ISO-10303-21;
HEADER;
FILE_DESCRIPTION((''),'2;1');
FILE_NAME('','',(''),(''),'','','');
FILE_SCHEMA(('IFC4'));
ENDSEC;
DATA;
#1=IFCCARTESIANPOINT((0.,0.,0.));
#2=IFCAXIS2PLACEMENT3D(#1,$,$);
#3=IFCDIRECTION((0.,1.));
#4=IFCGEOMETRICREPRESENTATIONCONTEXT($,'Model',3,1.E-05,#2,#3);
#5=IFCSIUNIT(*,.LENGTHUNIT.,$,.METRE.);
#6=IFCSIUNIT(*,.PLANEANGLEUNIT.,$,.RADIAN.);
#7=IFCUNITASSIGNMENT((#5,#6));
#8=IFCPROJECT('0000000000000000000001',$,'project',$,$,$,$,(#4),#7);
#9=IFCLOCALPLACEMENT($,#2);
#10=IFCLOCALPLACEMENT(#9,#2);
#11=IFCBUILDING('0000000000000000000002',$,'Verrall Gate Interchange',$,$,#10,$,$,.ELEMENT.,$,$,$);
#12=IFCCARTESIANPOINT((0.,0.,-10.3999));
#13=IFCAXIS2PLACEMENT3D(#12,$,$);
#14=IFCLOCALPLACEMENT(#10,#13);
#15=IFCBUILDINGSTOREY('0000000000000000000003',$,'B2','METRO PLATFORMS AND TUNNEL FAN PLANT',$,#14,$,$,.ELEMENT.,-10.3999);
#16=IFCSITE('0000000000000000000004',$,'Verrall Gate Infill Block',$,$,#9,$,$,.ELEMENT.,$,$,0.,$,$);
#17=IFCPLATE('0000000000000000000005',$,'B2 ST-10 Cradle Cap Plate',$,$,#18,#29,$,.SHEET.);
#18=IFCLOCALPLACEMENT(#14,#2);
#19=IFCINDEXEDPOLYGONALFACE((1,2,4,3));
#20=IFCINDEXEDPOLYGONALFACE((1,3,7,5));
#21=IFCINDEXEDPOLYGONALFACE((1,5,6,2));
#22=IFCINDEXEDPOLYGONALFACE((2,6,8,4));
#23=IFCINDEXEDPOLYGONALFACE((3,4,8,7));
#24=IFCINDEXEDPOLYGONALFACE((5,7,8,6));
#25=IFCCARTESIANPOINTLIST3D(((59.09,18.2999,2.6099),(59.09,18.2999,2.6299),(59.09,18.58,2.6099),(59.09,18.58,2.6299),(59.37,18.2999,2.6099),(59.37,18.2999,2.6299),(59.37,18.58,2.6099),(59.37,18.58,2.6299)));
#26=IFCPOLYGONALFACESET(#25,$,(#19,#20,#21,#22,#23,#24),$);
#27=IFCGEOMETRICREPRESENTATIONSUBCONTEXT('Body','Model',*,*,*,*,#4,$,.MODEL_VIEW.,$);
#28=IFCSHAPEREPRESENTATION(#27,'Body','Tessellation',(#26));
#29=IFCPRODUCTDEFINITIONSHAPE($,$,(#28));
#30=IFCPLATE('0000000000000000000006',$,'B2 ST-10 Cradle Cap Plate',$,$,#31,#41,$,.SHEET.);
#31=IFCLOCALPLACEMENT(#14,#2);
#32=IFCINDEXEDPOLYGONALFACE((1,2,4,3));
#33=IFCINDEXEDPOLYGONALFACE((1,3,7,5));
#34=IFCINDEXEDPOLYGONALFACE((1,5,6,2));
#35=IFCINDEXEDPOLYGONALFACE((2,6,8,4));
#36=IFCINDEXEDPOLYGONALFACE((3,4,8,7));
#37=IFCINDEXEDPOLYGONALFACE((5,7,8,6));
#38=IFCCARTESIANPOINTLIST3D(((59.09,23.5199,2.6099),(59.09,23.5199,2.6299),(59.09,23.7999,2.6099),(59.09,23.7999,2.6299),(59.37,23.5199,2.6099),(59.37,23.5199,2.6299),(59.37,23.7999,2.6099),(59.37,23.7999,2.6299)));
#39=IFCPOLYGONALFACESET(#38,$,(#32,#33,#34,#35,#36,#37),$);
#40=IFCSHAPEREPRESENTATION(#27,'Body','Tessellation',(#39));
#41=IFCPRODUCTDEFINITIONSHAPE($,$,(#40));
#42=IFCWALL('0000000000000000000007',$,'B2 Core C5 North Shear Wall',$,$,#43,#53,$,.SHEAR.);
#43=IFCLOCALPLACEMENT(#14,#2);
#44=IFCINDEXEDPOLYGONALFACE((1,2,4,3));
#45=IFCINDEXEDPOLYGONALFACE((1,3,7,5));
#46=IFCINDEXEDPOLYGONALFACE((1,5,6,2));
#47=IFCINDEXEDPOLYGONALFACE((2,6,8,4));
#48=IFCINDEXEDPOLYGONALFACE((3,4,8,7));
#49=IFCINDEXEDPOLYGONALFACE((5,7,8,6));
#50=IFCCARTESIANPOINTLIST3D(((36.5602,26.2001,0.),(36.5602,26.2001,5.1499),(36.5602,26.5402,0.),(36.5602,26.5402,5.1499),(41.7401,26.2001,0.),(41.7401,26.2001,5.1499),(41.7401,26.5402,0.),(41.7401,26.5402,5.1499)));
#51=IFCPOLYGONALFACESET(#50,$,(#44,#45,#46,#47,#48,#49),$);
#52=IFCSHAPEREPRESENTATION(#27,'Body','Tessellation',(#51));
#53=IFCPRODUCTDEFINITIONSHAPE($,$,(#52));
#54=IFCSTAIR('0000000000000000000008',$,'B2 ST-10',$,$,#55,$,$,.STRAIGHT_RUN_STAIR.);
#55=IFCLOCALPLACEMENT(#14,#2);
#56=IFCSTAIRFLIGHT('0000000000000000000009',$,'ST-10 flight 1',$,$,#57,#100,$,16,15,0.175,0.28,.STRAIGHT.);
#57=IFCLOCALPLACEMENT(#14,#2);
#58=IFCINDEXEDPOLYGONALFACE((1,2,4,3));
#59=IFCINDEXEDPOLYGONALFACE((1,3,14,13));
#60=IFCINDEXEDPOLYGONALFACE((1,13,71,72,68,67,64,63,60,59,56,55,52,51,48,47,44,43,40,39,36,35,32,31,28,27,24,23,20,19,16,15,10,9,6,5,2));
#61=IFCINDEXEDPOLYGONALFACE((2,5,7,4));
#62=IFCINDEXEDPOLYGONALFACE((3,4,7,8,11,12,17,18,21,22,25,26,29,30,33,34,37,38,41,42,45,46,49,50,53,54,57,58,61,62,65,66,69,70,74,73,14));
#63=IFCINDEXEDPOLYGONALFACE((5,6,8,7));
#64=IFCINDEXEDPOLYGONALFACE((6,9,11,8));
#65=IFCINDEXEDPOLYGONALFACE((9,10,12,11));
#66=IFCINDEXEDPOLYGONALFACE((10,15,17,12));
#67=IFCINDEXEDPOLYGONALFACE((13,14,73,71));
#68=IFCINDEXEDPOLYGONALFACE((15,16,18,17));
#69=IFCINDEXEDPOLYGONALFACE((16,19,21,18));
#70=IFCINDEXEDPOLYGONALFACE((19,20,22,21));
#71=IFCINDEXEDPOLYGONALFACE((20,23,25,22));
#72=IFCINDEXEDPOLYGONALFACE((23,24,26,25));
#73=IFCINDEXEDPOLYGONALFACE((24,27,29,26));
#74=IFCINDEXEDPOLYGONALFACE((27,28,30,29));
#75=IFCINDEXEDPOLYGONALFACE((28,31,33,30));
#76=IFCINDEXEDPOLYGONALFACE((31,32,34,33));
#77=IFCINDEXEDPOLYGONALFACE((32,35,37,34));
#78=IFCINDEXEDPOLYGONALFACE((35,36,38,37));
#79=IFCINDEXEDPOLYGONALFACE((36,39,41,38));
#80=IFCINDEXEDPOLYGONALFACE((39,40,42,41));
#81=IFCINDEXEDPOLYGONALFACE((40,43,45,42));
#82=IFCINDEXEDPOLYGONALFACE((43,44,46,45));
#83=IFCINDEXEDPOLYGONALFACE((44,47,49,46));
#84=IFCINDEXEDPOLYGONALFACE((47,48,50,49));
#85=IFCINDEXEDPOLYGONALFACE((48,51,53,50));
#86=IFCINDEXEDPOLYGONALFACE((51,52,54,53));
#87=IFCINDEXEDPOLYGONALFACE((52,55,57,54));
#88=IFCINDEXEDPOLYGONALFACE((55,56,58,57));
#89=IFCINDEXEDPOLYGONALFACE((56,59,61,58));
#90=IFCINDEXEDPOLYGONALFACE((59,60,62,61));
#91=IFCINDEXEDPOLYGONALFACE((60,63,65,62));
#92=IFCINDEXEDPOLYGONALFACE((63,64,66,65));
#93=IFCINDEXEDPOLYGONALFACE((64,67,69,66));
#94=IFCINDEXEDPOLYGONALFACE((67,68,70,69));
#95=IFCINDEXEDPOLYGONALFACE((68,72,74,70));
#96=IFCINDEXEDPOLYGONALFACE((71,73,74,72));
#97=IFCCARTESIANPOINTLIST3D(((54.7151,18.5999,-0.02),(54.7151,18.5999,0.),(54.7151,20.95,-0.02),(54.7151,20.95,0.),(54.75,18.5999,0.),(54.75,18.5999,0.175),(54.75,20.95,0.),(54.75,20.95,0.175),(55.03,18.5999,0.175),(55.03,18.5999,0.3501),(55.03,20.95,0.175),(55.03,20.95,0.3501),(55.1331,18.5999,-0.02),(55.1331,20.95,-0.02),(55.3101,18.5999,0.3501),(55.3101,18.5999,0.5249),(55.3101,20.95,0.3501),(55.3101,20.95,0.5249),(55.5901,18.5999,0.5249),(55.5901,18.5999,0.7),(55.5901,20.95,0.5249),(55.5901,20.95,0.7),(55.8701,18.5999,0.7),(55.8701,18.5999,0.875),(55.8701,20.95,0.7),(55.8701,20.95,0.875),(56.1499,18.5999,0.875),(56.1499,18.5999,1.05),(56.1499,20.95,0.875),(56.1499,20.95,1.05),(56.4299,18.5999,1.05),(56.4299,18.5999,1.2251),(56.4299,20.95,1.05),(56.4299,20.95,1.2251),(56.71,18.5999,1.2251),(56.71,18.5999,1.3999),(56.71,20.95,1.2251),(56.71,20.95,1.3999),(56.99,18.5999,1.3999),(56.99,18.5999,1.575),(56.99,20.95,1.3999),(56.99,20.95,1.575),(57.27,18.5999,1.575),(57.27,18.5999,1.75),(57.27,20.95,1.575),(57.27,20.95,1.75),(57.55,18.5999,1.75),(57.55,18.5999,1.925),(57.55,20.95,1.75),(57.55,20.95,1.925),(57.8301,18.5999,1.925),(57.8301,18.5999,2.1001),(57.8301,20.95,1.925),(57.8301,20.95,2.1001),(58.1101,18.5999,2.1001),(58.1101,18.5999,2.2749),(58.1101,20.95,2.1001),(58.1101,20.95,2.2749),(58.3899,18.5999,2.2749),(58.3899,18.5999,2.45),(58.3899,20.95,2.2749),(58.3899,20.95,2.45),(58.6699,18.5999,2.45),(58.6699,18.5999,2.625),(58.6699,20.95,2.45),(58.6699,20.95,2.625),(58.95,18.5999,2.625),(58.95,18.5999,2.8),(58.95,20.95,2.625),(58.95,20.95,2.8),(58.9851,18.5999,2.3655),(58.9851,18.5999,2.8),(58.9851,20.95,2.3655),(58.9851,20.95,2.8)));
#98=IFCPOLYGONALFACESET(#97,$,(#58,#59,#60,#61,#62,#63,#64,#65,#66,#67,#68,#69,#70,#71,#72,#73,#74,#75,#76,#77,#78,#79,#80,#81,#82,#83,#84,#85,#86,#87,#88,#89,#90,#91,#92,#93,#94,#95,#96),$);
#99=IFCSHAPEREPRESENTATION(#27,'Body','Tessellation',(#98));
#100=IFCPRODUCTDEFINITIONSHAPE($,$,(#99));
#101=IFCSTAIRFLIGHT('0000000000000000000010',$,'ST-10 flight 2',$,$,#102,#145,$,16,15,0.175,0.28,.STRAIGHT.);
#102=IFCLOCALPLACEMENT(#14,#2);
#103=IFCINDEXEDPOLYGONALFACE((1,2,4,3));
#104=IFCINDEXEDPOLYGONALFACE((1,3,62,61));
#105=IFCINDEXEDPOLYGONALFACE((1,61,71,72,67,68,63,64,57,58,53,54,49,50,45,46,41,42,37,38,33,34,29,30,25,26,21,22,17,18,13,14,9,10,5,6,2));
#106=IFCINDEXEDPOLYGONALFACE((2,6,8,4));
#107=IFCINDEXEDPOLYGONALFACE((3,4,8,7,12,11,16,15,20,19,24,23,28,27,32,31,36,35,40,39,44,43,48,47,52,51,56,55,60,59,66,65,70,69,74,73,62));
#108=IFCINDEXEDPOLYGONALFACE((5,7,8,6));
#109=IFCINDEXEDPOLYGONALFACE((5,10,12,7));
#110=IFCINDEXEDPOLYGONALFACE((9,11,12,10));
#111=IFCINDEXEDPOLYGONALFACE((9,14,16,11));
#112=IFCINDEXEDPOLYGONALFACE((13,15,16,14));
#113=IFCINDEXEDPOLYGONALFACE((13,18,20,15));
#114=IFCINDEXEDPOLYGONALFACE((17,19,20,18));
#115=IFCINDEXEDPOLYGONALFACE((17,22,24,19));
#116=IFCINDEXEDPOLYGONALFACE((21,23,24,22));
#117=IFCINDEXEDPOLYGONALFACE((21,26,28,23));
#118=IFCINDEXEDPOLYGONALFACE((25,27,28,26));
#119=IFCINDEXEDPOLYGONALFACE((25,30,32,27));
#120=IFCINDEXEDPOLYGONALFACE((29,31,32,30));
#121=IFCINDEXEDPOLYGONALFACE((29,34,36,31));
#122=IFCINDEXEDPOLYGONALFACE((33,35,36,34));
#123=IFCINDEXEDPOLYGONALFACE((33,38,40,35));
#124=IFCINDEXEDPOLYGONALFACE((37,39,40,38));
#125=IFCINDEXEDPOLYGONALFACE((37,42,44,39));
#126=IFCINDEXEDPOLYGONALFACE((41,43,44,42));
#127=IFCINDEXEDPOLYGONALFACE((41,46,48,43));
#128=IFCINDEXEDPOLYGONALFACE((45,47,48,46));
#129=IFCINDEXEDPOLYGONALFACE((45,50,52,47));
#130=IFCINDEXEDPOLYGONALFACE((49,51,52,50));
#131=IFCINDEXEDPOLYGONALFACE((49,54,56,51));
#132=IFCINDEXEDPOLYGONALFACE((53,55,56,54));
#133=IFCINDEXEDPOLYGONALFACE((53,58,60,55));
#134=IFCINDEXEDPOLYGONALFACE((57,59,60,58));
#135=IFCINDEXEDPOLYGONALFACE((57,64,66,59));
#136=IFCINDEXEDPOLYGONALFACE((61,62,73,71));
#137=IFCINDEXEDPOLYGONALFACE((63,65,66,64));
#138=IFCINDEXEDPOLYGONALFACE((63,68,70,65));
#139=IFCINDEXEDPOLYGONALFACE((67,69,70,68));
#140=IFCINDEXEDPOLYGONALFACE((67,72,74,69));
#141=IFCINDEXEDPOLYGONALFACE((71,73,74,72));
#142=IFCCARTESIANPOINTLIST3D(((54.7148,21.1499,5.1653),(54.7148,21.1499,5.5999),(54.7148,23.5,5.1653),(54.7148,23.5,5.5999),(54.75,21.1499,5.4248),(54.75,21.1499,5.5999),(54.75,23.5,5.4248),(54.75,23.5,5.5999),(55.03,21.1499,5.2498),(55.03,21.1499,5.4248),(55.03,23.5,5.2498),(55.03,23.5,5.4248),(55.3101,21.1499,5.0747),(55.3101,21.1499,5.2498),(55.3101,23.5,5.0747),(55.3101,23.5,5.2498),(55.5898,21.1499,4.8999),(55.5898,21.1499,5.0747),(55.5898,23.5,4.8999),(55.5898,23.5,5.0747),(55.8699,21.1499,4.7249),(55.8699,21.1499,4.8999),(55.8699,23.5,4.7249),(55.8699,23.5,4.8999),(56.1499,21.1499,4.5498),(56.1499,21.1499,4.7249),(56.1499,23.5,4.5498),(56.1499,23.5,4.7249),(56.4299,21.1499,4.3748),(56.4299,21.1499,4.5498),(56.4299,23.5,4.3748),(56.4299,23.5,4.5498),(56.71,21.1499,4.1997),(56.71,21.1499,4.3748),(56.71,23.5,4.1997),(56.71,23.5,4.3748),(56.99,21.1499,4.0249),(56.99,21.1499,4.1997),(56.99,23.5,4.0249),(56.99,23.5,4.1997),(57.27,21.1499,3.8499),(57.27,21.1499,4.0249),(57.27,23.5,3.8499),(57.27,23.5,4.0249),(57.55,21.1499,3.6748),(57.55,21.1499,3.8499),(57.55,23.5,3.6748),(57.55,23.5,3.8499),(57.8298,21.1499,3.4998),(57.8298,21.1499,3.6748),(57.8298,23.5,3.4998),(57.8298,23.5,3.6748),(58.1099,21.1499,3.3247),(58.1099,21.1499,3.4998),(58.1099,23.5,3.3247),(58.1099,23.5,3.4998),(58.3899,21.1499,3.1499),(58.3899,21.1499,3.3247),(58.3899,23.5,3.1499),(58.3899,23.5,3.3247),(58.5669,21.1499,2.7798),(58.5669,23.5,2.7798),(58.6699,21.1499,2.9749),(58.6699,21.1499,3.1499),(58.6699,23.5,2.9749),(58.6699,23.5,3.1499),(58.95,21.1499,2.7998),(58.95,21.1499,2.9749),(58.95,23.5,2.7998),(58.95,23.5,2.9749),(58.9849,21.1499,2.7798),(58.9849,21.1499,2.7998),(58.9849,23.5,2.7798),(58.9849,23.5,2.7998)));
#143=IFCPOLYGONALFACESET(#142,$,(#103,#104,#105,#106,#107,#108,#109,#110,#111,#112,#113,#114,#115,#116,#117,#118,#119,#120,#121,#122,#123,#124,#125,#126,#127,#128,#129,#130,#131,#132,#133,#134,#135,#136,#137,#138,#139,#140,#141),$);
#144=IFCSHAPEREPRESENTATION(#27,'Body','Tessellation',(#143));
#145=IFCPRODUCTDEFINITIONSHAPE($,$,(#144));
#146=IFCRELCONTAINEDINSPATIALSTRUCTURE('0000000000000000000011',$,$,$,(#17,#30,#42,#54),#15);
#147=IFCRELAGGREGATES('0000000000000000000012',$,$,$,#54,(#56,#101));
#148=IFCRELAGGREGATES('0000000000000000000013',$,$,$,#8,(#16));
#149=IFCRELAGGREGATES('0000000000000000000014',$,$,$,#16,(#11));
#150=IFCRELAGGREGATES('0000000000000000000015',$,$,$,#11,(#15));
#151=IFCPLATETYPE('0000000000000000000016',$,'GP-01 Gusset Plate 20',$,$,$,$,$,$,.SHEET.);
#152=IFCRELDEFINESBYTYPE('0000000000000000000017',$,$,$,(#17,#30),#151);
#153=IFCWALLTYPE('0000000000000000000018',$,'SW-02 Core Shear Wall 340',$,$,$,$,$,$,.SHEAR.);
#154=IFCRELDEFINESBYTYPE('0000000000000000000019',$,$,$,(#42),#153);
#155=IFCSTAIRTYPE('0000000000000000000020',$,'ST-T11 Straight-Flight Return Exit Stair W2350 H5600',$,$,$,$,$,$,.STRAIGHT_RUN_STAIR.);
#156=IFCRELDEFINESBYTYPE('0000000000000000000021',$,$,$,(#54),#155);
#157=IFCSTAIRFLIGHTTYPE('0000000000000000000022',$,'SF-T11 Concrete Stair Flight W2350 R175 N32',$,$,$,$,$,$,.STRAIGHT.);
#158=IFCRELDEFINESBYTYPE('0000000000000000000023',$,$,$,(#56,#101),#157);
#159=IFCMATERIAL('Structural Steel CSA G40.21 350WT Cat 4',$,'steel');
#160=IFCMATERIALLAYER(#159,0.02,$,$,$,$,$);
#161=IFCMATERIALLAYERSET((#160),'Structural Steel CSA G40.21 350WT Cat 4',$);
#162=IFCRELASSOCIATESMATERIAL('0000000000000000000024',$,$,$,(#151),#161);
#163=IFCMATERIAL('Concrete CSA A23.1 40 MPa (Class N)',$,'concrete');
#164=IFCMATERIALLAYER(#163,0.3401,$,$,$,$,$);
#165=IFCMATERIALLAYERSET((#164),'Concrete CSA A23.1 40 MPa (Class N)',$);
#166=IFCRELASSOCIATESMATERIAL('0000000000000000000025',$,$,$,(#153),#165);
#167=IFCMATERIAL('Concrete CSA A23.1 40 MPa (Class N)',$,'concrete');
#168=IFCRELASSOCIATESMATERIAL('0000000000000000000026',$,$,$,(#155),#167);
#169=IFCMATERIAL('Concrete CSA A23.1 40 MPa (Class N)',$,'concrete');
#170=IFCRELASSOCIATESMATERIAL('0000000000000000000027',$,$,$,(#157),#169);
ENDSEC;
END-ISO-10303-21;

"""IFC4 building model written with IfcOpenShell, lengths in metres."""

from ifc_helpers import new_model, si_unit, direction, frame, frame_2d, origin, origin_2d, place, context, subcontext, project, spatial, polyline, rectangle, outline, extrude, material, layer, layer_set, type_object, element, aggregate, save


model = new_model("IFC4")

# Units and contexts
model_context = context("Model", 3, precision=1e-05, world=origin(), true_north=direction((0.0, 1.0)))
body_context = subcontext(model_context, "Body", "Model", "MODEL_VIEW")
ifc_project = project(units=[si_unit("LENGTHUNIT", "METRE"), si_unit("PLANEANGLEUNIT", "RADIAN")], contexts=[model_context])

# Site, building, storey
site_placement = place(None, origin())
site = spatial("IfcSite", under=ifc_project, at=site_placement, Name="Verrall Gate Infill Block", CompositionType="ELEMENT", RefElevation=0.0)
building_placement = place(site_placement, origin())
building = spatial("IfcBuilding", under=site, at=building_placement, Name="Verrall Gate Interchange", CompositionType="ELEMENT")
storey_placement = place(building_placement, frame((0.0, 0.0, -10.3999)))
storey = spatial("IfcBuildingStorey", under=building, at=storey_placement, Name="B2", Description="METRO PLATFORMS AND TUNNEL FAN PLANT", CompositionType="ELEMENT", Elevation=-10.3999)

# Plates
ifc_material_1 = material(Name="Structural Steel CSA G40.21 350WT Cat 4", Category="steel")
ifc_layer_1 = layer(ifc_material_1, 0.02)
ifc_layer_set_1 = layer_set([ifc_layer_1], Name="Structural Steel CSA G40.21 350WT Cat 4")
plate_type = type_object("IfcPlateType", Name="GP-01 Gusset Plate 20", PredefinedType="SHEET", material=ifc_layer_set_1)
for number, where, z_axis, x_axis, name in (
    (1, (59.23, 18.4399, 2.6099), (0.0, 0.0, 1.0), (1.0, 0.0, 0.0), "B2 ST-10 Cradle Cap Plate"),
    (2, (59.23, 23.6599, 2.6099), (0.0, 0.0, 1.0), (1.0, 0.0, 0.0), "B2 ST-10 Cradle Cap Plate"),
):
    element("IfcPlate", number, at=place(storey_placement, frame(where, z_axis=z_axis, x_axis=x_axis)), inside=storey, type_object=plate_type, Name=name, PredefinedType="SHEET", context=body_context, shape_type="SweptSolid", body=[
        extrude(rectangle(XDim=0.28, YDim=0.28, at=origin_2d()), origin(), (0.0, 0.0, 1.0), 0.02),
    ])

# Wall
ifc_material_2 = material(Name="Concrete CSA A23.1 40 MPa (Class N)", Category="concrete")
ifc_layer_2 = layer(ifc_material_2, 0.3401)
ifc_layer_set_2 = layer_set([ifc_layer_2], Name="Concrete CSA A23.1 40 MPa (Class N)")
wall_type = type_object("IfcWallType", Name="SW-02 Core Shear Wall 340", PredefinedType="SHEAR", material=ifc_layer_set_2)
wall_placement = place(storey_placement, frame((41.74, 26.3701, 0.0), z_axis=(0.0, 0.0, 1.0), x_axis=(-1.0, 0.0, 0.0)))
element("IfcWall", 3, at=wall_placement, inside=storey, type_object=wall_type, Name="B2 Core C5 North Shear Wall", PredefinedType="SHEAR", context=body_context, shape_type="SweptSolid", body=[
    extrude(rectangle(XDim=5.1799, YDim=0.3401, at=frame_2d((2.5898, 0.0))), origin(), (0.0, 0.0, 1.0), 5.1499),
])

# Stair, stair flights
ifc_material_3 = material(Name="Concrete CSA A23.1 40 MPa (Class N)", Category="concrete")
stair_type = type_object("IfcStairType", Name="ST-T11 Straight-Flight Return Exit Stair W2350 H5600", PredefinedType="STRAIGHT_RUN_STAIR", material=ifc_material_3)
stair_placement = place(storey_placement, origin())
stair = element("IfcStair", 4, at=stair_placement, inside=storey, type_object=stair_type, Name="B2 ST-10", PredefinedType="STRAIGHT_RUN_STAIR")
ifc_material_4 = material(Name="Concrete CSA A23.1 40 MPa (Class N)", Category="concrete")
stair_flight_type = type_object("IfcStairFlightType", Name="SF-T11 Concrete Stair Flight W2350 R175 N32", PredefinedType="STRAIGHT", material=ifc_material_4)
stair_flight_1_placement = place(storey_placement, frame((54.75, 19.7749, 0.0), z_axis=(0.0, 0.0, 1.0), x_axis=(1.0, 0.0, 0.0)))
stair_flight_1 = element("IfcStairFlight", 5, at=stair_flight_1_placement, type_object=stair_flight_type, Name="ST-10 flight 1", NumberOfRisers=16, NumberOfTreads=15, PredefinedType="STRAIGHT", RiserHeight=0.175, TreadLength=0.28, context=body_context, shape_type="SweptSolid", body=[
    extrude(outline(polyline([(-0.0349, -0.02), (-0.0349, 0.0), (0.0, 0.0), (0.0, 0.175), (0.28, 0.175), (0.28, 0.3501), (0.5601, 0.3501), (0.5601, 0.5249), (0.8401, 0.5249), (0.8401, 0.7), (1.1201, 0.7), (1.1201, 0.875), (1.3999, 0.875), (1.3999, 1.05), (1.6799, 1.05), (1.6799, 1.2251), (1.96, 1.2251), (1.96, 1.3999), (2.24, 1.3999), (2.24, 1.575), (2.52, 1.575), (2.52, 1.75), (2.8, 1.75), (2.8, 1.925), (3.0801, 1.925), (3.0801, 2.1001), (3.3601, 2.1001), (3.3601, 2.2749), (3.6399, 2.2749), (3.6399, 2.45), (3.9199, 2.45), (3.9199, 2.625), (4.2, 2.625), (4.2, 2.8), (4.2351, 2.8), (4.2351, 2.3655), (0.3831, -0.02), (-0.0349, -0.02)])), frame((0.0, 1.175, 0.0), z_axis=(0.0, -1.0, 0.0), x_axis=(1.0, 0.0, 0.0)), (0.0, 0.0, 1.0), 2.3501),
])
stair_flight_2_placement = place(storey_placement, frame((58.95, 22.325, 2.7998), z_axis=(0.0, 0.0, 1.0), x_axis=(-1.0, 0.0, 0.0)))
stair_flight_2 = element("IfcStairFlight", 6, at=stair_flight_2_placement, type_object=stair_flight_type, Name="ST-10 flight 2", NumberOfRisers=16, NumberOfTreads=15, PredefinedType="STRAIGHT", RiserHeight=0.175, TreadLength=0.28, context=body_context, shape_type="SweptSolid", body=[
    extrude(outline(polyline([(-0.0349, -0.02), (-0.0349, 0.0), (0.0, 0.0), (0.0, 0.175), (0.28, 0.175), (0.28, 0.3501), (0.5601, 0.3501), (0.5601, 0.5249), (0.8401, 0.5249), (0.8401, 0.7), (1.1201, 0.7), (1.1201, 0.875), (1.3999, 0.875), (1.3999, 1.05), (1.6799, 1.05), (1.6799, 1.2251), (1.96, 1.2251), (1.96, 1.3999), (2.24, 1.3999), (2.24, 1.575), (2.52, 1.575), (2.52, 1.75), (2.8, 1.75), (2.8, 1.925), (3.0801, 1.925), (3.0801, 2.1001), (3.3601, 2.1001), (3.3601, 2.2749), (3.6399, 2.2749), (3.6399, 2.45), (3.9199, 2.45), (3.9199, 2.625), (4.2, 2.625), (4.2, 2.8), (4.2351, 2.8), (4.2351, 2.3655), (0.3831, -0.02), (-0.0349, -0.02)])), frame((0.0, 1.175, 0.0), z_axis=(0.0, -1.0, 0.0), x_axis=(1.0, 0.0, 0.0)), (0.0, 0.0, 1.0), 2.3501),
])
aggregate(stair, [stair_flight_1, stair_flight_2])

save(model, "model.ifc")
